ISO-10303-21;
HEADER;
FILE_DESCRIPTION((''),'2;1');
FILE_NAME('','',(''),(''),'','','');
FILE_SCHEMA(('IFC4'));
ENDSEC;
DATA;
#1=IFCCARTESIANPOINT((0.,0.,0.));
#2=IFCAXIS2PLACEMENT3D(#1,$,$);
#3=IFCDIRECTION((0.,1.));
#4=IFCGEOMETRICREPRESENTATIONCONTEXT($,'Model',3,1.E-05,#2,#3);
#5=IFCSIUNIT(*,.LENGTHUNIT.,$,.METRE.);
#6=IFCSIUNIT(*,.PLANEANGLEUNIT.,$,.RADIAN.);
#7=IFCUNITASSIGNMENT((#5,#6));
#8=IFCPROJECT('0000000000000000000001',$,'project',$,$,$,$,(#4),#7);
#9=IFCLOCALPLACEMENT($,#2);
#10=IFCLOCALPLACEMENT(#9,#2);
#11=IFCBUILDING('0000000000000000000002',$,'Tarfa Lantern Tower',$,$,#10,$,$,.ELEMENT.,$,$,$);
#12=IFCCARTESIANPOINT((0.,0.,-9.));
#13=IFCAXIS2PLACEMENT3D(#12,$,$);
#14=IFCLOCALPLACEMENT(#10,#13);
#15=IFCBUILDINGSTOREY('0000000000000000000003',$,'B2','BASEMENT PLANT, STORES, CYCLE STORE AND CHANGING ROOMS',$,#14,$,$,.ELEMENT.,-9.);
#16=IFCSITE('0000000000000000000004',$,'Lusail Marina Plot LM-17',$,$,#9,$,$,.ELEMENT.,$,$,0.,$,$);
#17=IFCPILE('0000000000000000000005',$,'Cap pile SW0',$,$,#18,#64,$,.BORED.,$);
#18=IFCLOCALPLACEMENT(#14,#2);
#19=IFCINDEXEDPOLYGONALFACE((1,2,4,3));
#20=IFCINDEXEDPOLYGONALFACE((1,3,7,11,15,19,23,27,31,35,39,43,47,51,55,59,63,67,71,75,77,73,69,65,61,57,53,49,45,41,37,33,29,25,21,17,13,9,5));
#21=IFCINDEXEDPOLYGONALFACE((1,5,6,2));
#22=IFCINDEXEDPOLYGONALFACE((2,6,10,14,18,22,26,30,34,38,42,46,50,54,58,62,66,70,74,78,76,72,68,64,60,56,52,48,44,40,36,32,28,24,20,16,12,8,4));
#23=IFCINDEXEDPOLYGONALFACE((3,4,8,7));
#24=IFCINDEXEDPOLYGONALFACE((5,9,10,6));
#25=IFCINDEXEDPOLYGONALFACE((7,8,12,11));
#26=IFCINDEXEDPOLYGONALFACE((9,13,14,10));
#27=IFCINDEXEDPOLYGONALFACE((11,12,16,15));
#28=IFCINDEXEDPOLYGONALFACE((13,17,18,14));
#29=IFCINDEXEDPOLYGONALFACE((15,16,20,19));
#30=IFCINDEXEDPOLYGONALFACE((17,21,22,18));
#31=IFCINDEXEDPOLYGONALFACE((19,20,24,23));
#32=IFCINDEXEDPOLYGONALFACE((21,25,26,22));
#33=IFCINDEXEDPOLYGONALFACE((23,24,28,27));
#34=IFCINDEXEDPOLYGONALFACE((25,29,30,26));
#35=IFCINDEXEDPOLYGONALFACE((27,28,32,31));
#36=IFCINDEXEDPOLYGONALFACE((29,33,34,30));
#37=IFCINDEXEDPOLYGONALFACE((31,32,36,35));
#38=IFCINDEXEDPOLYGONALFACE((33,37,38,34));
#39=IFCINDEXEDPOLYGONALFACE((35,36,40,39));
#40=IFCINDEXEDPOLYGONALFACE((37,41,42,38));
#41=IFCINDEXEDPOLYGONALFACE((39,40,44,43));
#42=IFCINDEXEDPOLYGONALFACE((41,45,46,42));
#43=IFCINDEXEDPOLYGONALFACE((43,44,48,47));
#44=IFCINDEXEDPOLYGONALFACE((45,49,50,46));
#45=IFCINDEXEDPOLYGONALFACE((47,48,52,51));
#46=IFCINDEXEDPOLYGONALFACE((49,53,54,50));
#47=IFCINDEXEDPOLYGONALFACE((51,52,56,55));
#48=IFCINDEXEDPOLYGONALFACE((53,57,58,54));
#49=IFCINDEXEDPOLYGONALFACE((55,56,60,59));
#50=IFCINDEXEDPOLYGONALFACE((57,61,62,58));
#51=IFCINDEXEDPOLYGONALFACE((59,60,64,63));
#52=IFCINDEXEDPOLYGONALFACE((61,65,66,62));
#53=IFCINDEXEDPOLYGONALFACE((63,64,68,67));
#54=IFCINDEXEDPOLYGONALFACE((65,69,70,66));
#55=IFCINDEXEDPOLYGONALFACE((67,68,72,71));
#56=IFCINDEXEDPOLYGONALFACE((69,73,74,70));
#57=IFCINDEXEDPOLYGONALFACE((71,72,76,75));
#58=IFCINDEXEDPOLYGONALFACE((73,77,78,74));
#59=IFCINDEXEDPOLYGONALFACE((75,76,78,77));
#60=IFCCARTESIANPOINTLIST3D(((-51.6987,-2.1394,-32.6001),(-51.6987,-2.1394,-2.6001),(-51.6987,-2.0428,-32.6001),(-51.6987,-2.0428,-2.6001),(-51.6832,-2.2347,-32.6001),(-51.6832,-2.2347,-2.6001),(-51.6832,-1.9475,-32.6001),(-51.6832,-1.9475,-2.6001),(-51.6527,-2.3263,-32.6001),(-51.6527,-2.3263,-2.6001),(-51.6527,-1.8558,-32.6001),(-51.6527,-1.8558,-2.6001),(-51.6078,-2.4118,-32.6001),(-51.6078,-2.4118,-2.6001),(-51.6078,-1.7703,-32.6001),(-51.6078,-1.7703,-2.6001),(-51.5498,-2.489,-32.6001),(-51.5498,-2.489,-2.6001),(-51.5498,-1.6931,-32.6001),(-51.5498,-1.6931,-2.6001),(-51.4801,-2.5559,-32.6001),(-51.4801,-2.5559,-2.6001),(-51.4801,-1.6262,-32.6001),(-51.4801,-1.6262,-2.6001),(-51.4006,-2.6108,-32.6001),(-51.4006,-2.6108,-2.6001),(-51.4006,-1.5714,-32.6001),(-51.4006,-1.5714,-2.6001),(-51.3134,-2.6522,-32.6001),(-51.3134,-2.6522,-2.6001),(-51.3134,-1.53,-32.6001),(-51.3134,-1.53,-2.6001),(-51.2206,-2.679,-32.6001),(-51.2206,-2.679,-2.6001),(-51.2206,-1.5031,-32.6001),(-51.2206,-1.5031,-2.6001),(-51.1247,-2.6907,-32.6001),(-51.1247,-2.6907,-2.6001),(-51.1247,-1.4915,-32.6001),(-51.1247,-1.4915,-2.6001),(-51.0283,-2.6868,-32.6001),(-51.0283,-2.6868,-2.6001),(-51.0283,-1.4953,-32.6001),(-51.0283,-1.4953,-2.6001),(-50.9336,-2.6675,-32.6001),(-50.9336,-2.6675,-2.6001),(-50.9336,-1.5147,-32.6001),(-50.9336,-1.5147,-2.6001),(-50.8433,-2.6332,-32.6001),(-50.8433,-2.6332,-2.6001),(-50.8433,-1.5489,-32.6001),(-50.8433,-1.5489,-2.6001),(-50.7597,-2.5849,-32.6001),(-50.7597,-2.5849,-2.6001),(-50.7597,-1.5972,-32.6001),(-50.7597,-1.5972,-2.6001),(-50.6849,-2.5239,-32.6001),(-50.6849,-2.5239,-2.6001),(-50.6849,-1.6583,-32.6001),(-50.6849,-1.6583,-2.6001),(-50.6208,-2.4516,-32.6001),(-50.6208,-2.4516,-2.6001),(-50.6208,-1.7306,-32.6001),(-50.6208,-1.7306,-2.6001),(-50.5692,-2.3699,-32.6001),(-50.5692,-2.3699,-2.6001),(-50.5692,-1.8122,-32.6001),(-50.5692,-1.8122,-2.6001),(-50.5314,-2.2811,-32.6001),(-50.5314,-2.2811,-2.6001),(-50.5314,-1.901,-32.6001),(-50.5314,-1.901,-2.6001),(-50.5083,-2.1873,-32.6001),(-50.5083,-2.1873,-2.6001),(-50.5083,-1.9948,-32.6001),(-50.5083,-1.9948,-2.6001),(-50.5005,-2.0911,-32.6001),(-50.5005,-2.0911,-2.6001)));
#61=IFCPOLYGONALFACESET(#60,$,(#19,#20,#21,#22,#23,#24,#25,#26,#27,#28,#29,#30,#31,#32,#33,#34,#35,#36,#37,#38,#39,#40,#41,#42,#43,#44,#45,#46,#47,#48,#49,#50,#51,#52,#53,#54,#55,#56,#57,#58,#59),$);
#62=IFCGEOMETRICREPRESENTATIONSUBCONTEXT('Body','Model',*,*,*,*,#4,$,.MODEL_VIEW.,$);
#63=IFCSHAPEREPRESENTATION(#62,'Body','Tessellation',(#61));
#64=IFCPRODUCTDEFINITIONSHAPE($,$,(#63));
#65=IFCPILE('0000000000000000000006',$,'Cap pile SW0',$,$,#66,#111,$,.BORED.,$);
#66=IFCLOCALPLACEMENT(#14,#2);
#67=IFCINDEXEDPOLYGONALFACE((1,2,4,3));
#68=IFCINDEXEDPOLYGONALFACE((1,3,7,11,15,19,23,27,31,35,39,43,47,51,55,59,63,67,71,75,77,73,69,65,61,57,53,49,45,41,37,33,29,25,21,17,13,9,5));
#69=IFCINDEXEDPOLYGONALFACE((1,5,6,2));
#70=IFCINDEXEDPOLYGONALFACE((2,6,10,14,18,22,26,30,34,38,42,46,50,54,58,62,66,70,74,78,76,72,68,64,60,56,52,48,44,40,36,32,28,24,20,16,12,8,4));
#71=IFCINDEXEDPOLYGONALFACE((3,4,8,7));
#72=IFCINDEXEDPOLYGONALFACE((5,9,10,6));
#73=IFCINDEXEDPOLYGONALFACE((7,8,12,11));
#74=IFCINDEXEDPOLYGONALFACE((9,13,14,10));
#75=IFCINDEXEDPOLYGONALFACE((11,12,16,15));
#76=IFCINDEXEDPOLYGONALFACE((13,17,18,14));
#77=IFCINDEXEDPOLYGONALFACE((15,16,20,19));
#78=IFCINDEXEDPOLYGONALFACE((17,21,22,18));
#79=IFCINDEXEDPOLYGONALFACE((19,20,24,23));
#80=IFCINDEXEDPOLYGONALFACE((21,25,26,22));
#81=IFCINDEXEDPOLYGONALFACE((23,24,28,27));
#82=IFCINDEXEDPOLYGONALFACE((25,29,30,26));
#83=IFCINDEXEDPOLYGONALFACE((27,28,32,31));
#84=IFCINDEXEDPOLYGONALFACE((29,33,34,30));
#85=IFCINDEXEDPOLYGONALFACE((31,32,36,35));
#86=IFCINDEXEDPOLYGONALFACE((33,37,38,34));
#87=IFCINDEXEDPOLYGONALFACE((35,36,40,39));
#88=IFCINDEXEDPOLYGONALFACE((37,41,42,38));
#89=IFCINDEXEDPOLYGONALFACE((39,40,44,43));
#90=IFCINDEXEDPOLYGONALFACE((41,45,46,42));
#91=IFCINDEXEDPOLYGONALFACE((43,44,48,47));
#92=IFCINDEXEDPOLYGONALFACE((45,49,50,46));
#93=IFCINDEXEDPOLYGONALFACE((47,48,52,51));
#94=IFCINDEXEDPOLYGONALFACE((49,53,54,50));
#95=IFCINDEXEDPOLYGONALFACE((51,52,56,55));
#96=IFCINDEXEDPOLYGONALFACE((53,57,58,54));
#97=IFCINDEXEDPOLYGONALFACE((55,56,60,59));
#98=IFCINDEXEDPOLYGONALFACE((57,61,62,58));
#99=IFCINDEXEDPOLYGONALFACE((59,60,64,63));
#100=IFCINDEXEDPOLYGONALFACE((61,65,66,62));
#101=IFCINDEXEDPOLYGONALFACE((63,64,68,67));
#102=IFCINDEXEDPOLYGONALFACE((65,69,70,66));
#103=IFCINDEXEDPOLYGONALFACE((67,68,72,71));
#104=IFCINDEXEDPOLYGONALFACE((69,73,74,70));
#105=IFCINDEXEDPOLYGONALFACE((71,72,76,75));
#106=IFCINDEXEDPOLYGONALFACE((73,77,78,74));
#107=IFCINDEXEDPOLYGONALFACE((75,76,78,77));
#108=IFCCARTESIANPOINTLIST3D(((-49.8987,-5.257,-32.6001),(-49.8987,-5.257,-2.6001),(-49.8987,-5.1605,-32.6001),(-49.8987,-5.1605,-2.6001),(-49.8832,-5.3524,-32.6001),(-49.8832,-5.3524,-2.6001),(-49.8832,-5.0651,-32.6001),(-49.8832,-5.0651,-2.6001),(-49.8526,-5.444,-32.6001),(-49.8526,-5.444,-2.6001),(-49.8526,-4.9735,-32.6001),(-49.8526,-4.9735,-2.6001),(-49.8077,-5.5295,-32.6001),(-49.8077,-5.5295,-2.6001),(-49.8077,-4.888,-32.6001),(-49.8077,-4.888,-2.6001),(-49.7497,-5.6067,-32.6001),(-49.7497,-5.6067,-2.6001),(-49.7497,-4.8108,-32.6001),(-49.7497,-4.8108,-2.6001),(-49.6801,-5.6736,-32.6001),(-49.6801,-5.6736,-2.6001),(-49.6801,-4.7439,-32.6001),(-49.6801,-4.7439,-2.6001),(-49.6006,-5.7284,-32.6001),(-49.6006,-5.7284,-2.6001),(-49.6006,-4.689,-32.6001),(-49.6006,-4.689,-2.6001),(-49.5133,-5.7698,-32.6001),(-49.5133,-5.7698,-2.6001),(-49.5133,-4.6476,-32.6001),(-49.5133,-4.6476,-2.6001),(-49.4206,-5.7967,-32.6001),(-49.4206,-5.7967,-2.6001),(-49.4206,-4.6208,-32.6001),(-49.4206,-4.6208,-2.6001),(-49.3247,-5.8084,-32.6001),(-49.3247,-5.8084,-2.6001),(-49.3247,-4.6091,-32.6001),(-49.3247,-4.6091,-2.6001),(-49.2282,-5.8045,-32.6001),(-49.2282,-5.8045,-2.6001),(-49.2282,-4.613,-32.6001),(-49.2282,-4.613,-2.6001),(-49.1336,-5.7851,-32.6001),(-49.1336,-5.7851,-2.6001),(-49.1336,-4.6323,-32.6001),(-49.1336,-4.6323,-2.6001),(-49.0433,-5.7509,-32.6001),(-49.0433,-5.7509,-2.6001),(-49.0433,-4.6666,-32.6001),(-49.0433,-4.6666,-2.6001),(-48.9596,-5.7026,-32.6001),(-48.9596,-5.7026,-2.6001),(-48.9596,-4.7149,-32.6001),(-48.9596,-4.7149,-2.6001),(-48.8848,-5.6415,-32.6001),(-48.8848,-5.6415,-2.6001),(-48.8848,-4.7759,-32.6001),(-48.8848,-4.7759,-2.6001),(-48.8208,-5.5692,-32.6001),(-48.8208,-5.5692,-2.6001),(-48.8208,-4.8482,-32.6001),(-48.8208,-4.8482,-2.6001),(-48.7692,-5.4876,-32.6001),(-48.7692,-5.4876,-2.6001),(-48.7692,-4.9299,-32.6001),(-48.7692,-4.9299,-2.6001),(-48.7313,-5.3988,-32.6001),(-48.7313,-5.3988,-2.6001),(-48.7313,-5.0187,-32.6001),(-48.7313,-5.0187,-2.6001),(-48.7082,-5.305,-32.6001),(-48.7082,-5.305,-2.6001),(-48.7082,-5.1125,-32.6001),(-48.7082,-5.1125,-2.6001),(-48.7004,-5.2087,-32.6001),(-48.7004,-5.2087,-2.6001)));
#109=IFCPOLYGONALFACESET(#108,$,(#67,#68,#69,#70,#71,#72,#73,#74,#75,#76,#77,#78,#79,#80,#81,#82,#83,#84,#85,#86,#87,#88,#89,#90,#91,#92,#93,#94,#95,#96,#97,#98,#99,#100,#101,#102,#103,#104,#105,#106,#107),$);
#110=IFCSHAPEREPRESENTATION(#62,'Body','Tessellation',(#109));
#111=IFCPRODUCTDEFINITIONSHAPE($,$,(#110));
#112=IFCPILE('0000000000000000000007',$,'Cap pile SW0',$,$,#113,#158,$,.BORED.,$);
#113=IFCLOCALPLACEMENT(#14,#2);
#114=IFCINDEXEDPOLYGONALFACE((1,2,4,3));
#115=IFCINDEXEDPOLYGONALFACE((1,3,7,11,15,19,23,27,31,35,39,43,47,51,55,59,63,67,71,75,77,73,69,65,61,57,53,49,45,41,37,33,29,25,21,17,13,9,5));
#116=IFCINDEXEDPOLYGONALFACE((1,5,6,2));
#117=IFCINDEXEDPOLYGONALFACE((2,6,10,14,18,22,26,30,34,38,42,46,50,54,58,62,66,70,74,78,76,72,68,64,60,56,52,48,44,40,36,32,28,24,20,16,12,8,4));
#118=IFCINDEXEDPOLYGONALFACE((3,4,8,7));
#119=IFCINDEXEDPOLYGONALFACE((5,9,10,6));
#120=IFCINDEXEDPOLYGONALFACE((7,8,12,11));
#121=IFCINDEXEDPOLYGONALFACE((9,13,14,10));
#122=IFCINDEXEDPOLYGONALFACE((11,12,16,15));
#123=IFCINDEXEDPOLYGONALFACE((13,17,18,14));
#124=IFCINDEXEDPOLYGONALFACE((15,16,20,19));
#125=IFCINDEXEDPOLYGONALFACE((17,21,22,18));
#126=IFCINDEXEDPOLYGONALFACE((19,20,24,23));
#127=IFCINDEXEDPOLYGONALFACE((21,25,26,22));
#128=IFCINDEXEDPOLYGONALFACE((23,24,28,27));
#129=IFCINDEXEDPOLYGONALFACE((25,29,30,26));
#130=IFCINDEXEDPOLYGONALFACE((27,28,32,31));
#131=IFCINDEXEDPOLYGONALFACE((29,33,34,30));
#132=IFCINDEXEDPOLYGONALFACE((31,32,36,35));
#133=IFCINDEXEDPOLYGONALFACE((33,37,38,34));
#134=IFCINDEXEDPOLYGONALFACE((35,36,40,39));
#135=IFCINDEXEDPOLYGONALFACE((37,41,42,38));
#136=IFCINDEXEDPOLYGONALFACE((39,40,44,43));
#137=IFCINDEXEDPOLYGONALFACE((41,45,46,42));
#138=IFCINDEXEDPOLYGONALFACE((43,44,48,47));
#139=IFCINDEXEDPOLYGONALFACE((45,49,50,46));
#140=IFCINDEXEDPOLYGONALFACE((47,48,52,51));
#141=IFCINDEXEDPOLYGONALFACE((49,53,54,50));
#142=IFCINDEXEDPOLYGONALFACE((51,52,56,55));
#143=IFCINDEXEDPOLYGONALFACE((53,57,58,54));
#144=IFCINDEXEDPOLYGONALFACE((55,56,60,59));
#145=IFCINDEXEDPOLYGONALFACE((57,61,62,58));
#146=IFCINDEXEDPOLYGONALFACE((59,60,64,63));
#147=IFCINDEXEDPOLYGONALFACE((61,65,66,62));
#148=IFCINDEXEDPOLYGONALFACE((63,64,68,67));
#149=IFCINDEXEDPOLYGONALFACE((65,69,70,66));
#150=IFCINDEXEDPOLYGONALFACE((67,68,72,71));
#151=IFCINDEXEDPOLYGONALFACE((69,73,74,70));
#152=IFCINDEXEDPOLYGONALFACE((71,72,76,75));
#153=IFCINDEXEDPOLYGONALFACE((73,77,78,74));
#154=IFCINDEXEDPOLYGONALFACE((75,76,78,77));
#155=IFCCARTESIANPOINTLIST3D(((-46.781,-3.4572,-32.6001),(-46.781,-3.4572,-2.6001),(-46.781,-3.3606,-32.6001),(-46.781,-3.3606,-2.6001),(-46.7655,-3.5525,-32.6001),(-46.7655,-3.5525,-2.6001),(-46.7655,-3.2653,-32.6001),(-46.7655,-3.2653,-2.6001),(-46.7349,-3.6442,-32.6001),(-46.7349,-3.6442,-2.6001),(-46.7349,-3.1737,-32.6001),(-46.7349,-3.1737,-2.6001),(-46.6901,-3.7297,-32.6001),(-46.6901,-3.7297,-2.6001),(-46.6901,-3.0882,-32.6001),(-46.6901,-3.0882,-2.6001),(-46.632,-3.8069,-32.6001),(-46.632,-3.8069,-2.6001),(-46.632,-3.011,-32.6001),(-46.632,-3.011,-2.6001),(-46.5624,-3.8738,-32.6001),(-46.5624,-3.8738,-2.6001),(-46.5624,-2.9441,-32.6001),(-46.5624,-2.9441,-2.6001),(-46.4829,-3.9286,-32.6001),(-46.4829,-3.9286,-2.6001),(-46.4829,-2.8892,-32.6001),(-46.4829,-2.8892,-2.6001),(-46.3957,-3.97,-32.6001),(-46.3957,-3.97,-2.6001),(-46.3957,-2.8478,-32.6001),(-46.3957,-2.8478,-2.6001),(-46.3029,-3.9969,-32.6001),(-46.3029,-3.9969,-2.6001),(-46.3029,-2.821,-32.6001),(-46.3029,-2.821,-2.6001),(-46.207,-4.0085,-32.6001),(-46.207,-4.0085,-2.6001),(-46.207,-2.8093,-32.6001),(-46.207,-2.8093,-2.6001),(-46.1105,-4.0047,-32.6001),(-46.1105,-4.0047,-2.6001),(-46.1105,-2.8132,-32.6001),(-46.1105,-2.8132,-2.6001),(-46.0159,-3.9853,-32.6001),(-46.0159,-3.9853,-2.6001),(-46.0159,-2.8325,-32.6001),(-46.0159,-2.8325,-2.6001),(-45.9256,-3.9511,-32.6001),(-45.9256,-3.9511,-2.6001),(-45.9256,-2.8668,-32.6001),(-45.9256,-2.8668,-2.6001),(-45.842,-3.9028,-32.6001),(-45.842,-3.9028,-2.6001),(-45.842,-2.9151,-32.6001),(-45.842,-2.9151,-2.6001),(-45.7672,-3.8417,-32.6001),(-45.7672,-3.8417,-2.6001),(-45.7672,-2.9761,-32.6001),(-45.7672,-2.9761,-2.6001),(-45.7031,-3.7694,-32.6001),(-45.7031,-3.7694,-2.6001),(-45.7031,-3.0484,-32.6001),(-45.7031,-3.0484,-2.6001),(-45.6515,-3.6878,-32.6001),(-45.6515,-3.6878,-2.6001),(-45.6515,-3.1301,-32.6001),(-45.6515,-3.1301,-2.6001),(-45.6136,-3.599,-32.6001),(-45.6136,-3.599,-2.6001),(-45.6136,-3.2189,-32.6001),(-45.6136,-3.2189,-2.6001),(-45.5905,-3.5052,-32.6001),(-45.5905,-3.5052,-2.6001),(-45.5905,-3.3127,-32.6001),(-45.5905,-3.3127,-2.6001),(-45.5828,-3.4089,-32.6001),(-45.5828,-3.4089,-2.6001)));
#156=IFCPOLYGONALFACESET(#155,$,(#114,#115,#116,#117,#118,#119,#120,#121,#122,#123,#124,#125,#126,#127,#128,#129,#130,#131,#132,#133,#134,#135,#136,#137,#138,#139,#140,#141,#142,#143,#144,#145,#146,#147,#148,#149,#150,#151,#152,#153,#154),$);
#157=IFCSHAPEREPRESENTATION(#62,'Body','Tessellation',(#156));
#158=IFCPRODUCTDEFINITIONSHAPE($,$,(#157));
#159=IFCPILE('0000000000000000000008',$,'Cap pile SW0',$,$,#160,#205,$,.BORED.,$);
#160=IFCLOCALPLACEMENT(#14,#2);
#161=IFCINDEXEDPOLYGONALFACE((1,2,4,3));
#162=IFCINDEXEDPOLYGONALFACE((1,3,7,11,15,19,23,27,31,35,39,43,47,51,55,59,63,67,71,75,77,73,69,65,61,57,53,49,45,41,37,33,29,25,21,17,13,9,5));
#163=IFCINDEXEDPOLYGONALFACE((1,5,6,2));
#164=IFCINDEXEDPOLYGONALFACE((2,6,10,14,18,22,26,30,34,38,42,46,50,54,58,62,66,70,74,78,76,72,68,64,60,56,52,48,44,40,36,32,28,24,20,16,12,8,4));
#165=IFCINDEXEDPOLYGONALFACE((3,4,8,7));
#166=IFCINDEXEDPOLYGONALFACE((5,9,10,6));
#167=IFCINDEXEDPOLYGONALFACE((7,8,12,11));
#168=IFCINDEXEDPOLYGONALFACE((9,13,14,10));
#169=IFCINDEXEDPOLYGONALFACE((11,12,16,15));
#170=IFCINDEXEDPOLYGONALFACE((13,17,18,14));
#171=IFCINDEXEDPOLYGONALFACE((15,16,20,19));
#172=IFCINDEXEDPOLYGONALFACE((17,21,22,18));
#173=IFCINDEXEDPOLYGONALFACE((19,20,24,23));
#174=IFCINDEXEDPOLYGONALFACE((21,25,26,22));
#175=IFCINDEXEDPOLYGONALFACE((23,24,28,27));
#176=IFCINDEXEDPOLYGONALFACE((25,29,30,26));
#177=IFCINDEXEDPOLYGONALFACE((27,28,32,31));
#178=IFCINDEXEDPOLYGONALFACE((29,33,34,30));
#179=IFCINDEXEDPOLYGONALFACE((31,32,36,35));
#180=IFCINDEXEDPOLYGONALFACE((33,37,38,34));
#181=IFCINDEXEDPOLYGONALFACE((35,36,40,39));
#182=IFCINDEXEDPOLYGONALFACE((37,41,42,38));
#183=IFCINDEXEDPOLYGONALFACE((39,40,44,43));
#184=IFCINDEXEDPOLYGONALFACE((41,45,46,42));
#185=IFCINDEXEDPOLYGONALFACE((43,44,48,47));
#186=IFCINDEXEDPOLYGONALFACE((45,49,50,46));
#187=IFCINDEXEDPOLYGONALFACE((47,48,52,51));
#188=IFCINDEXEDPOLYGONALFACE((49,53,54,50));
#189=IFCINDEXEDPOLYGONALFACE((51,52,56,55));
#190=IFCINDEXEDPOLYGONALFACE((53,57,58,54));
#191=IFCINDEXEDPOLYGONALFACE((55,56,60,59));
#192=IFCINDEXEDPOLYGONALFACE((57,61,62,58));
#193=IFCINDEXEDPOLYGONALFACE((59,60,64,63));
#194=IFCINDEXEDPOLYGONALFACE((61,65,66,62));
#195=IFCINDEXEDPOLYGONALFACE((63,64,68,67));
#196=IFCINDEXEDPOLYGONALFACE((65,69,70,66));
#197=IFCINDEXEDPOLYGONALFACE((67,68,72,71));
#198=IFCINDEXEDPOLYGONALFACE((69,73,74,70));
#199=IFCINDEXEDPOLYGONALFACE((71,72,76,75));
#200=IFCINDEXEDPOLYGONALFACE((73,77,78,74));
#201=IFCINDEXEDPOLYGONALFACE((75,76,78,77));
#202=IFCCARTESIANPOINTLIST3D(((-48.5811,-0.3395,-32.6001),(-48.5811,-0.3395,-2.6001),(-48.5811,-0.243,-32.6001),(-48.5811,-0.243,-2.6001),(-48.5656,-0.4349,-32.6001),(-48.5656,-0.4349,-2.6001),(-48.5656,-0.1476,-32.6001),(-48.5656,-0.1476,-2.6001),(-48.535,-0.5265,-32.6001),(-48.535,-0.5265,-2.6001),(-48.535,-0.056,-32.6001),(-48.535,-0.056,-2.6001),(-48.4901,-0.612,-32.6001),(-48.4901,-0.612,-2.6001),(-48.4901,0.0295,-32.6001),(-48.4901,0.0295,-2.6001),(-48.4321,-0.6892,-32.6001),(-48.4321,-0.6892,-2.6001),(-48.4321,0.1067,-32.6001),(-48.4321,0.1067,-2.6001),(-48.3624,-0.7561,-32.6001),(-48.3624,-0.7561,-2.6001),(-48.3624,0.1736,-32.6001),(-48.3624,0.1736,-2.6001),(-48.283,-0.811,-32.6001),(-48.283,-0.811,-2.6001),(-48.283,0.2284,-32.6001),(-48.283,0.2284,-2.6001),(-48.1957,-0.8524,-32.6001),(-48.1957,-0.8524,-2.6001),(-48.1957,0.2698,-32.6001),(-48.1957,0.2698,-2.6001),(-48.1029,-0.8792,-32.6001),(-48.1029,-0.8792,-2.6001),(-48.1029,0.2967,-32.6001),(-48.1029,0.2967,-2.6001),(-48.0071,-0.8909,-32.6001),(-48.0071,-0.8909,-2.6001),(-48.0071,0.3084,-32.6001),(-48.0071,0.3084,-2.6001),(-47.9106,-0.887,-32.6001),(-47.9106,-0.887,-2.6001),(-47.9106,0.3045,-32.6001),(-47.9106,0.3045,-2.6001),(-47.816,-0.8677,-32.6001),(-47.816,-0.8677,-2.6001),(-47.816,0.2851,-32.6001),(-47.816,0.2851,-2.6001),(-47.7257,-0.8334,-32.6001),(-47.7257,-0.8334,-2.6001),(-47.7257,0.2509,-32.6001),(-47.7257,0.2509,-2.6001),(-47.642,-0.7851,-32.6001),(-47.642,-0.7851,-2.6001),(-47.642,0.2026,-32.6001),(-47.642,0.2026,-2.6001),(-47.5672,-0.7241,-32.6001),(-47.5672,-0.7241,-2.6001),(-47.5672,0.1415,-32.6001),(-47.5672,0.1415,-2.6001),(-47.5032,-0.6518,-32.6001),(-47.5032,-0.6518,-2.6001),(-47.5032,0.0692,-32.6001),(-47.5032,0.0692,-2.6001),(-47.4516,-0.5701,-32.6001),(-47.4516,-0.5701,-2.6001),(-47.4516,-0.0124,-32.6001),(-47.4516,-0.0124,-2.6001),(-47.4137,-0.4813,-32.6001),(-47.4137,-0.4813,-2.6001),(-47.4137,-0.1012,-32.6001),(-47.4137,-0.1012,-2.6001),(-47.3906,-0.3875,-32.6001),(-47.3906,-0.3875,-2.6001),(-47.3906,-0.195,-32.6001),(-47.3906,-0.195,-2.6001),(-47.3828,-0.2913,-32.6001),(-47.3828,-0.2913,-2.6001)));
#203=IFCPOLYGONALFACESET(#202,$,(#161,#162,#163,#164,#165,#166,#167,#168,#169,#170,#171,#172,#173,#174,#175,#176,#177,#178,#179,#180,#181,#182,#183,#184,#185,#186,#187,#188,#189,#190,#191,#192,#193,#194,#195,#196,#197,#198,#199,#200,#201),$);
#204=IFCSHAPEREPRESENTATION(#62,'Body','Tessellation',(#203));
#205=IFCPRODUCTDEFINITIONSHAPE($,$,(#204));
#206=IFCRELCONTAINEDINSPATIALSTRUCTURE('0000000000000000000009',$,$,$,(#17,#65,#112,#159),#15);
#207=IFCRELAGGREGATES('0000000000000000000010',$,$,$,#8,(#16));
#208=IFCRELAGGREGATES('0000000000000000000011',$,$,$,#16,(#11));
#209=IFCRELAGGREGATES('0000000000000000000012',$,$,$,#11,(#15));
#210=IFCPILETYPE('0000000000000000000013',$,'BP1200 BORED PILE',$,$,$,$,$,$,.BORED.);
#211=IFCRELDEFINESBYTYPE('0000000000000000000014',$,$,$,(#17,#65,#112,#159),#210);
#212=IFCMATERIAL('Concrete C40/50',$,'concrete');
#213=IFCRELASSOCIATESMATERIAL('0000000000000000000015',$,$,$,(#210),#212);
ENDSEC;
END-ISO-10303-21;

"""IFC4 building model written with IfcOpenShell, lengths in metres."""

from ifc_helpers import new_model, si_unit, direction, frame, origin, origin_2d, place, context, subcontext, project, spatial, circle, extrude, material, material_profile, profile_set, type_object, element, save


model = new_model("IFC4")

# Units and contexts
model_context = context("Model", 3, precision=1e-05, world=origin(), true_north=direction((0.0, 1.0)))
body_context = subcontext(model_context, "Body", "Model", "MODEL_VIEW")
ifc_project = project(units=[si_unit("LENGTHUNIT", "METRE"), si_unit("PLANEANGLEUNIT", "RADIAN")], contexts=[model_context])

# Site, building, storey
site_placement = place(None, origin())
site = spatial("IfcSite", under=ifc_project, at=site_placement, Name="Lusail Marina Plot LM-17", CompositionType="ELEMENT", RefElevation=0.0)
building_placement = place(site_placement, origin())
building = spatial("IfcBuilding", under=site, at=building_placement, Name="Tarfa Lantern Tower", CompositionType="ELEMENT")
storey_placement = place(building_placement, frame((0.0, 0.0, -9.0)))
storey = spatial("IfcBuildingStorey", under=building, at=storey_placement, Name="B2", Description="BASEMENT PLANT, STORES, CYCLE STORE AND CHANGING ROOMS", CompositionType="ELEMENT", Elevation=-9.0)

# Piles
ifc_material_1 = material(Name="Concrete C40/50", Category="concrete")
ifc_material_profile_1 = material_profile(ifc_material_1, circle(Radius=0.6001, at=origin_2d()), Name="BORED PILE D1200")
ifc_profile_set_1 = profile_set([ifc_material_profile_1], Name="Concrete C40/50")
pile_type_1 = type_object("IfcPileType", Name="BP1200 BORED PILE", PredefinedType="BORED", material=ifc_profile_set_1)
for number, where, z_axis, x_axis, name in (
    (1, (-51.1006, -2.0911, -2.6001), (0.0, 0.0, -1.0), (1.0, 0.0, 0.0), "Cap pile SW0"),
    (2, (-49.3005, -5.2087, -2.6001), (0.0, 0.0, -1.0), (1.0, 0.0, 0.0), "Cap pile SW0"),
    (3, (-46.1829, -3.4089, -2.6001), (0.0, 0.0, -1.0), (1.0, 0.0, 0.0), "Cap pile SW0"),
    (4, (-47.9829, -0.2913, -2.6001), (0.0, 0.0, -1.0), (1.0, 0.0, 0.0), "Cap pile SW0"),
):
    element("IfcPile", number, at=place(storey_placement, frame(where, z_axis=z_axis, x_axis=x_axis)), inside=storey, type_object=pile_type_1, Name=name, PredefinedType="BORED", context=body_context, shape_type="SweptSolid", body=[
        extrude(circle(Radius=0.6001, at=origin_2d()), origin(), (0.0, 0.0, 1.0), 30.0),
    ])

save(model, "model.ifc")
